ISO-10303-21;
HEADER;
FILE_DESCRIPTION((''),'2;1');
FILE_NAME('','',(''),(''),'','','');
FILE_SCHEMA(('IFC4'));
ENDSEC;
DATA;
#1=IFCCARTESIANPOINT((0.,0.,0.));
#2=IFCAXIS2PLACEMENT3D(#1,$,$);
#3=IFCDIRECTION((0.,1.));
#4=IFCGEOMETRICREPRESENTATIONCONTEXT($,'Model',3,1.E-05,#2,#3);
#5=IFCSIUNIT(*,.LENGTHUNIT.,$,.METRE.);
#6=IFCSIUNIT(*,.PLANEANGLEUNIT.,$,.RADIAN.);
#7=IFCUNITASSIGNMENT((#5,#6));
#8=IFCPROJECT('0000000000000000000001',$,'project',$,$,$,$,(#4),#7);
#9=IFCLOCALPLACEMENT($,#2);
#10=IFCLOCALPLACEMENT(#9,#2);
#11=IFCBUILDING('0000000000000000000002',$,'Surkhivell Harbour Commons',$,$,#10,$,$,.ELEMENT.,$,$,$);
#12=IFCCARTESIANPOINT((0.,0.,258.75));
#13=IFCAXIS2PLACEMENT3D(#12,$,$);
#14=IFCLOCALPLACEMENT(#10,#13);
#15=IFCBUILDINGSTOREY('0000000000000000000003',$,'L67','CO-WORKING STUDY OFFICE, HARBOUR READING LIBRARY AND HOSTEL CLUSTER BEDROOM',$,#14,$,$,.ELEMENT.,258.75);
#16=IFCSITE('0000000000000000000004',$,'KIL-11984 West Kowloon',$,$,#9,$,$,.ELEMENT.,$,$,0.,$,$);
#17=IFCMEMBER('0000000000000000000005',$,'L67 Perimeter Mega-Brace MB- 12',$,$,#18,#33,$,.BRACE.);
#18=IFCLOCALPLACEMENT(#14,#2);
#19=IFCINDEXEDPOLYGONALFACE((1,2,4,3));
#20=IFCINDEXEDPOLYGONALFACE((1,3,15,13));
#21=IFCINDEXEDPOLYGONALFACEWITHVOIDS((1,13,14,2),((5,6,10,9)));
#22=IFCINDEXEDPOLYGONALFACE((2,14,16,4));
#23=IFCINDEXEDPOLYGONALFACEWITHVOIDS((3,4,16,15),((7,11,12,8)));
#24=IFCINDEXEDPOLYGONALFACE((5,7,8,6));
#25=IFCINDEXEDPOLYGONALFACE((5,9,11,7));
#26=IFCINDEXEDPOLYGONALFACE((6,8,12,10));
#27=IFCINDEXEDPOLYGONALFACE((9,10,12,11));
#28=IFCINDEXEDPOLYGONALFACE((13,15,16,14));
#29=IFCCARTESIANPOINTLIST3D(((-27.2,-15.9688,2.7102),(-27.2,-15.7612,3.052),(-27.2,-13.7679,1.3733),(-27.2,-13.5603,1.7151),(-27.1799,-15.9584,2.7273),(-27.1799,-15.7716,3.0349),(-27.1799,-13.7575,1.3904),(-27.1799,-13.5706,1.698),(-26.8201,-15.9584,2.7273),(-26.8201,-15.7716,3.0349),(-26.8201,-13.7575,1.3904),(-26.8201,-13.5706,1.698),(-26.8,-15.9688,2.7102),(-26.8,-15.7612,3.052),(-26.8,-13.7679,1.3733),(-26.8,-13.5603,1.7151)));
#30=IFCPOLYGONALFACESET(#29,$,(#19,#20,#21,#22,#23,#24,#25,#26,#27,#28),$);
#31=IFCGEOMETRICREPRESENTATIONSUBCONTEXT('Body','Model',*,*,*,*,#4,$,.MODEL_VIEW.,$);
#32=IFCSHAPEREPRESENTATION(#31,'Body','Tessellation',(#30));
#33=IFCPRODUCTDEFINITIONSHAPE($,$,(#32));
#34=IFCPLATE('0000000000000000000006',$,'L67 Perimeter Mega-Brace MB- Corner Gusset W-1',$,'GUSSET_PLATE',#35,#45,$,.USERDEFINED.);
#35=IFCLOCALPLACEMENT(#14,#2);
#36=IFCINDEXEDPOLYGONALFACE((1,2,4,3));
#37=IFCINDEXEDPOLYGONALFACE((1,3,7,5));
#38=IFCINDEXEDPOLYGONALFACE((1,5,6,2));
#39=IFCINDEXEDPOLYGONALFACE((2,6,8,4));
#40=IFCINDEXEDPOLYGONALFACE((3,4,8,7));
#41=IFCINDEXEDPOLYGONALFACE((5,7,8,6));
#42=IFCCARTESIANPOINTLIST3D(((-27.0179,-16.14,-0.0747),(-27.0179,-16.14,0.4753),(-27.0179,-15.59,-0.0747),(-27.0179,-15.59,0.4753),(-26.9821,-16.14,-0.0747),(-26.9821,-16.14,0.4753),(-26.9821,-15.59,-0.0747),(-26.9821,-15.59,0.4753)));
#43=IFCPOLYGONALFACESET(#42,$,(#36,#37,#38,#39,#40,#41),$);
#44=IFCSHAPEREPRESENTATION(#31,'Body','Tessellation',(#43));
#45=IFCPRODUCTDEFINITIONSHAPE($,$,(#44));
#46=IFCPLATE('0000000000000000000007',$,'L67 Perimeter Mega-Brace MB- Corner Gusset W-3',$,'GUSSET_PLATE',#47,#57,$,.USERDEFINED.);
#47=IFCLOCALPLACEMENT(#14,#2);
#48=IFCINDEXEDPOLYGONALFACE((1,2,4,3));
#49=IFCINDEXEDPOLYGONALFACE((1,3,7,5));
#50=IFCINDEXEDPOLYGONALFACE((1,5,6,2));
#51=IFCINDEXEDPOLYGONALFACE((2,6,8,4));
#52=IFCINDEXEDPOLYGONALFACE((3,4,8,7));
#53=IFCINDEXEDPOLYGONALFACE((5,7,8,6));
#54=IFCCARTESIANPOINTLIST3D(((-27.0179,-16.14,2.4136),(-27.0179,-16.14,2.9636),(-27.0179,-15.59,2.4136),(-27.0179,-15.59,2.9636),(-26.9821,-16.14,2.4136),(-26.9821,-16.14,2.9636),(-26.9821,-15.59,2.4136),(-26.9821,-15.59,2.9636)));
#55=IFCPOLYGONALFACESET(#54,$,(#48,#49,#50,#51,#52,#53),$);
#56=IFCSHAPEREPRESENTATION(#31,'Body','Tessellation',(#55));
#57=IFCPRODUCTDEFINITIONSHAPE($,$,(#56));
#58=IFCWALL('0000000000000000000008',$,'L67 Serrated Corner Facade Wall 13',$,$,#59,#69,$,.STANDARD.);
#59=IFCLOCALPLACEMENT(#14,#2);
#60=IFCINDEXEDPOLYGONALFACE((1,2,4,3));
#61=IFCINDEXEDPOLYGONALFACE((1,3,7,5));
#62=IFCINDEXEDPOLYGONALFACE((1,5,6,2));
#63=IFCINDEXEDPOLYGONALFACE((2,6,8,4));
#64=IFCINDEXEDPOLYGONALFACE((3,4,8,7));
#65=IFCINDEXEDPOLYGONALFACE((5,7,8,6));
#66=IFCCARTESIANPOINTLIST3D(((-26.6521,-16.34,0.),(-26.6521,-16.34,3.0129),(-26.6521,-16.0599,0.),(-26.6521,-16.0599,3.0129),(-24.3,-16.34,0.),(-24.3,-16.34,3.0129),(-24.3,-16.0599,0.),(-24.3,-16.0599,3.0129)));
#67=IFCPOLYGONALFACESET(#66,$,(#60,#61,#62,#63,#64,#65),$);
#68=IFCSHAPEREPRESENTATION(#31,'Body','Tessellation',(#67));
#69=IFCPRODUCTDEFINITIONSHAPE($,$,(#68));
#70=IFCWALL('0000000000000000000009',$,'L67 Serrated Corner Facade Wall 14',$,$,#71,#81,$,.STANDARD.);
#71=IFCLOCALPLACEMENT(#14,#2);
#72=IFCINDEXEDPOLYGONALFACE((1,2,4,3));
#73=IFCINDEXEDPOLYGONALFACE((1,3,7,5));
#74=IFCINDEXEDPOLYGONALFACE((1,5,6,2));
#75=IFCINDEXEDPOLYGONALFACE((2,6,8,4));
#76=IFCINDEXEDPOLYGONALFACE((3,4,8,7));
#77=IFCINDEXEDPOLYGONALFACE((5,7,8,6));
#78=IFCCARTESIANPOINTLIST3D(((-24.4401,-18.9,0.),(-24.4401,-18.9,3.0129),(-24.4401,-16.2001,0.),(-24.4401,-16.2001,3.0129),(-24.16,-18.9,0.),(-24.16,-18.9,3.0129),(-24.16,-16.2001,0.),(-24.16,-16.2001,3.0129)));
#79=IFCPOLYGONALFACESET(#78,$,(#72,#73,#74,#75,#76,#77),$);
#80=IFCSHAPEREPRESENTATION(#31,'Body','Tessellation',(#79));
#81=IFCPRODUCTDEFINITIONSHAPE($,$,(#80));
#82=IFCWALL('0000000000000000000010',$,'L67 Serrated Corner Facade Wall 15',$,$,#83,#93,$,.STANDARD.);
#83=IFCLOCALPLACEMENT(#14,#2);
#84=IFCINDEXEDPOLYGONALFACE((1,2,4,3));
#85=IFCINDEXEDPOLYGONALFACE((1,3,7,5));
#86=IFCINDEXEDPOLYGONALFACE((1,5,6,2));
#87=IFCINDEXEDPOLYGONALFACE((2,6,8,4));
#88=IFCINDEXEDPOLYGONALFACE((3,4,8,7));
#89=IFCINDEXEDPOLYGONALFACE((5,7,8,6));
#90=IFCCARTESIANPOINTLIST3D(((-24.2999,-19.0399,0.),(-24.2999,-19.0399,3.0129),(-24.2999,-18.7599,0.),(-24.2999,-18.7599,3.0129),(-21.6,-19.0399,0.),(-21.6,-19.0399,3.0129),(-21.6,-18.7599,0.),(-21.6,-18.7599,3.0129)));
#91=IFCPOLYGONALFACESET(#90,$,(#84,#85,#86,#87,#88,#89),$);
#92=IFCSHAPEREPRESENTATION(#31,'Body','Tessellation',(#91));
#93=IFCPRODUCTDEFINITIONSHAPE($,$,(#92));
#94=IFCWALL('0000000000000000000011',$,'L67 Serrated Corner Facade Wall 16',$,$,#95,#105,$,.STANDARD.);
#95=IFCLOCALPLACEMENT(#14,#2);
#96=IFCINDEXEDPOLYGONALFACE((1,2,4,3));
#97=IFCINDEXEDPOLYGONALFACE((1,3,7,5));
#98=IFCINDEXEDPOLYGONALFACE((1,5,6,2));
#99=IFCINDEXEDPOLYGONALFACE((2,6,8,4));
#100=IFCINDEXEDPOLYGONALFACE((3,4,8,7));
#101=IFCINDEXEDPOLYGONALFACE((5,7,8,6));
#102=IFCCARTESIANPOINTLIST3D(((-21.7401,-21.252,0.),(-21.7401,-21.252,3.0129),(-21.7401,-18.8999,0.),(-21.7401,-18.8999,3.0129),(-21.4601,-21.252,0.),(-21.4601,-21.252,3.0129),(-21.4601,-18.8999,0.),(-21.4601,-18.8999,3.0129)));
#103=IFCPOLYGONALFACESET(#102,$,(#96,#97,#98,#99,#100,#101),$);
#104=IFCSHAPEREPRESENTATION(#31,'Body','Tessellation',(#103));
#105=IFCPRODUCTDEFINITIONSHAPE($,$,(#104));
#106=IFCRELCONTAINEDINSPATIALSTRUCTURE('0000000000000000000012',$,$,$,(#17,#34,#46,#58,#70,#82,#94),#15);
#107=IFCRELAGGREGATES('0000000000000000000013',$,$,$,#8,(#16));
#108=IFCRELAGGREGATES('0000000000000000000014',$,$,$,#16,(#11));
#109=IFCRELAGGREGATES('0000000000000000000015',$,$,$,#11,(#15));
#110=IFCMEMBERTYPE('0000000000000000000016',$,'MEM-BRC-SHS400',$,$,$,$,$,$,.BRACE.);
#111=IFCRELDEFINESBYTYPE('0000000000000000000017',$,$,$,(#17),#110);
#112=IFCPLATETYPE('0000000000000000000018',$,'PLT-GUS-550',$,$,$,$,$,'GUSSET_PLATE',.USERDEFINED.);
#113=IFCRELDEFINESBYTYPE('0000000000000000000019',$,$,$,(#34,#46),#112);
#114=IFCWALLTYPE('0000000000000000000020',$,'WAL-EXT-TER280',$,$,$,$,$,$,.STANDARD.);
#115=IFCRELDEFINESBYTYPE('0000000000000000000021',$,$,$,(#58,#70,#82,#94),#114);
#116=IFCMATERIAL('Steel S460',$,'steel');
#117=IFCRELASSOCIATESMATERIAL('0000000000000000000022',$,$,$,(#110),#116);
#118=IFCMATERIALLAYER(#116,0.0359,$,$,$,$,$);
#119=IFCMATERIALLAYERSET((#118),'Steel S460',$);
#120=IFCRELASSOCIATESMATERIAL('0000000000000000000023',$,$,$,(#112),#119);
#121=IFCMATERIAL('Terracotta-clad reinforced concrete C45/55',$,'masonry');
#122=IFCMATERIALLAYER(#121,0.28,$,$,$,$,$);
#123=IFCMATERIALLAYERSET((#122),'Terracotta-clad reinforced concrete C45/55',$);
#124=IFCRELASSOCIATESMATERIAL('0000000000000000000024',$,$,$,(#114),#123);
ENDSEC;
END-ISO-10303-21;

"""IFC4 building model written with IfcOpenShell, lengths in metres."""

from ifc_helpers import new_model, si_unit, direction, frame, frame_2d, origin, origin_2d, place, context, subcontext, project, spatial, rectangle, hollow_rectangle, extrude, material, layer, layer_set, material_profile, profile_set, type_object, element, save


model = new_model("IFC4")

# Units and contexts
model_context = context("Model", 3, precision=1e-05, world=origin(), true_north=direction((0.0, 1.0)))
body_context = subcontext(model_context, "Body", "Model", "MODEL_VIEW")
ifc_project = project(units=[si_unit("LENGTHUNIT", "METRE"), si_unit("PLANEANGLEUNIT", "RADIAN")], contexts=[model_context])

# Site, building, storey
site_placement = place(None, origin())
site = spatial("IfcSite", under=ifc_project, at=site_placement, Name="KIL-11984 West Kowloon", CompositionType="ELEMENT", RefElevation=0.0)
building_placement = place(site_placement, origin())
building = spatial("IfcBuilding", under=site, at=building_placement, Name="Surkhivell Harbour Commons", CompositionType="ELEMENT")
storey_placement = place(building_placement, frame((0.0, 0.0, 258.75)))
storey = spatial("IfcBuildingStorey", under=building, at=storey_placement, Name="L67", Description="CO-WORKING STUDY OFFICE, HARBOUR READING LIBRARY AND HOSTEL CLUSTER BEDROOM", CompositionType="ELEMENT", Elevation=258.75)

# Member
ifc_material_1 = material(Name="Steel S460", Category="steel")
ifc_material_profile_1 = material_profile(ifc_material_1, hollow_rectangle(XDim=0.3999, YDim=0.3999, WallThickness=0.02, at=origin_2d()), Name="SHS400x400x20")
ifc_profile_set_1 = profile_set([ifc_material_profile_1], Name="Steel S460")
member_type_1 = type_object("IfcMemberType", Name="MEM-BRC-SHS400", PredefinedType="BRACE", material=ifc_profile_set_1)
member_1_placement = place(storey_placement, frame((-27.0, -13.6641, 1.5442), z_axis=(0.0, -0.854678, 0.519159), x_axis=(1.0, 0.0, 0.0)))
element("IfcMember", 1, at=member_1_placement, inside=storey, type_object=member_type_1, Name="L67 Perimeter Mega-Brace MB- 12", PredefinedType="BRACE", context=body_context, shape_type="SweptSolid", body=[
    extrude(hollow_rectangle(XDim=0.3999, YDim=0.3999, WallThickness=0.02, at=origin_2d()), origin(), (0.0, 0.0, 1.0), 2.5752),
])

# Plates
ifc_layer_1 = layer(ifc_material_1, 0.0359)
ifc_layer_set_1 = layer_set([ifc_layer_1], Name="Steel S460")
plate_type = type_object("IfcPlateType", Name="PLT-GUS-550", ElementType="GUSSET_PLATE", PredefinedType="USERDEFINED", material=ifc_layer_set_1)
for number, where, z_axis, x_axis, name in (
    (2, (-27.0, -15.865, -0.0747), (0.0, 0.0, 1.0), (0.0, 1.0, 0.0), "L67 Perimeter Mega-Brace MB- Corner Gusset W-1"),
    (3, (-27.0, -15.865, 2.4136), (0.0, 0.0, 1.0), (0.0, 1.0, 0.0), "L67 Perimeter Mega-Brace MB- Corner Gusset W-3"),
):
    element("IfcPlate", number, at=place(storey_placement, frame(where, z_axis=z_axis, x_axis=x_axis)), inside=storey, type_object=plate_type, Name=name, ObjectType="GUSSET_PLATE", PredefinedType="USERDEFINED", context=body_context, shape_type="SweptSolid", body=[
        extrude(rectangle(XDim=0.55, YDim=0.0359, at=origin_2d()), origin(), (0.0, 0.0, 1.0), 0.55),
    ])

# Walls
ifc_material_2 = material(Name="Terracotta-clad reinforced concrete C45/55", Category="masonry")
ifc_layer_2 = layer(ifc_material_2, 0.28)
ifc_layer_set_2 = layer_set([ifc_layer_2], Name="Terracotta-clad reinforced concrete C45/55")
wall_type = type_object("IfcWallType", Name="WAL-EXT-TER280", PredefinedType="STANDARD", material=ifc_layer_set_2)
wall_1_placement = place(storey_placement, frame((-26.6521, -16.2, 0.0), z_axis=(0.0, 0.0, 1.0), x_axis=(1.0, 0.0, 0.0)))
element("IfcWall", 4, at=wall_1_placement, inside=storey, type_object=wall_type, Name="L67 Serrated Corner Facade Wall 13", PredefinedType="STANDARD", context=body_context, shape_type="SweptSolid", body=[
    extrude(rectangle(XDim=2.3521, YDim=0.28, at=frame_2d((1.176, 0.0))), origin(), (0.0, 0.0, 1.0), 3.0129),
])
for number, where, z_axis, x_axis, name in (
    (5, (-24.3, -16.2, 0.0), (0.0, 0.0, 1.0), (0.0, -1.0, 0.0), "L67 Serrated Corner Facade Wall 14"),
    (6, (-24.3, -18.8999, 0.0), (0.0, 0.0, 1.0), (1.0, 0.0, 0.0), "L67 Serrated Corner Facade Wall 15"),
):
    element("IfcWall", number, at=place(storey_placement, frame(where, z_axis=z_axis, x_axis=x_axis)), inside=storey, type_object=wall_type, Name=name, PredefinedType="STANDARD", context=body_context, shape_type="SweptSolid", body=[
        extrude(rectangle(XDim=2.7, YDim=0.28, at=frame_2d((1.3501, 0.0))), origin(), (0.0, 0.0, 1.0), 3.0129),
    ])
wall_2_placement = place(storey_placement, frame((-21.6001, -18.8999, 0.0), z_axis=(0.0, 0.0, 1.0), x_axis=(0.0, -1.0, 0.0)))
element("IfcWall", 7, at=wall_2_placement, inside=storey, type_object=wall_type, Name="L67 Serrated Corner Facade Wall 16", PredefinedType="STANDARD", context=body_context, shape_type="SweptSolid", body=[
    extrude(rectangle(XDim=2.3521, YDim=0.28, at=frame_2d((1.176, 0.0))), origin(), (0.0, 0.0, 1.0), 3.0129),
])

save(model, "model.ifc")
